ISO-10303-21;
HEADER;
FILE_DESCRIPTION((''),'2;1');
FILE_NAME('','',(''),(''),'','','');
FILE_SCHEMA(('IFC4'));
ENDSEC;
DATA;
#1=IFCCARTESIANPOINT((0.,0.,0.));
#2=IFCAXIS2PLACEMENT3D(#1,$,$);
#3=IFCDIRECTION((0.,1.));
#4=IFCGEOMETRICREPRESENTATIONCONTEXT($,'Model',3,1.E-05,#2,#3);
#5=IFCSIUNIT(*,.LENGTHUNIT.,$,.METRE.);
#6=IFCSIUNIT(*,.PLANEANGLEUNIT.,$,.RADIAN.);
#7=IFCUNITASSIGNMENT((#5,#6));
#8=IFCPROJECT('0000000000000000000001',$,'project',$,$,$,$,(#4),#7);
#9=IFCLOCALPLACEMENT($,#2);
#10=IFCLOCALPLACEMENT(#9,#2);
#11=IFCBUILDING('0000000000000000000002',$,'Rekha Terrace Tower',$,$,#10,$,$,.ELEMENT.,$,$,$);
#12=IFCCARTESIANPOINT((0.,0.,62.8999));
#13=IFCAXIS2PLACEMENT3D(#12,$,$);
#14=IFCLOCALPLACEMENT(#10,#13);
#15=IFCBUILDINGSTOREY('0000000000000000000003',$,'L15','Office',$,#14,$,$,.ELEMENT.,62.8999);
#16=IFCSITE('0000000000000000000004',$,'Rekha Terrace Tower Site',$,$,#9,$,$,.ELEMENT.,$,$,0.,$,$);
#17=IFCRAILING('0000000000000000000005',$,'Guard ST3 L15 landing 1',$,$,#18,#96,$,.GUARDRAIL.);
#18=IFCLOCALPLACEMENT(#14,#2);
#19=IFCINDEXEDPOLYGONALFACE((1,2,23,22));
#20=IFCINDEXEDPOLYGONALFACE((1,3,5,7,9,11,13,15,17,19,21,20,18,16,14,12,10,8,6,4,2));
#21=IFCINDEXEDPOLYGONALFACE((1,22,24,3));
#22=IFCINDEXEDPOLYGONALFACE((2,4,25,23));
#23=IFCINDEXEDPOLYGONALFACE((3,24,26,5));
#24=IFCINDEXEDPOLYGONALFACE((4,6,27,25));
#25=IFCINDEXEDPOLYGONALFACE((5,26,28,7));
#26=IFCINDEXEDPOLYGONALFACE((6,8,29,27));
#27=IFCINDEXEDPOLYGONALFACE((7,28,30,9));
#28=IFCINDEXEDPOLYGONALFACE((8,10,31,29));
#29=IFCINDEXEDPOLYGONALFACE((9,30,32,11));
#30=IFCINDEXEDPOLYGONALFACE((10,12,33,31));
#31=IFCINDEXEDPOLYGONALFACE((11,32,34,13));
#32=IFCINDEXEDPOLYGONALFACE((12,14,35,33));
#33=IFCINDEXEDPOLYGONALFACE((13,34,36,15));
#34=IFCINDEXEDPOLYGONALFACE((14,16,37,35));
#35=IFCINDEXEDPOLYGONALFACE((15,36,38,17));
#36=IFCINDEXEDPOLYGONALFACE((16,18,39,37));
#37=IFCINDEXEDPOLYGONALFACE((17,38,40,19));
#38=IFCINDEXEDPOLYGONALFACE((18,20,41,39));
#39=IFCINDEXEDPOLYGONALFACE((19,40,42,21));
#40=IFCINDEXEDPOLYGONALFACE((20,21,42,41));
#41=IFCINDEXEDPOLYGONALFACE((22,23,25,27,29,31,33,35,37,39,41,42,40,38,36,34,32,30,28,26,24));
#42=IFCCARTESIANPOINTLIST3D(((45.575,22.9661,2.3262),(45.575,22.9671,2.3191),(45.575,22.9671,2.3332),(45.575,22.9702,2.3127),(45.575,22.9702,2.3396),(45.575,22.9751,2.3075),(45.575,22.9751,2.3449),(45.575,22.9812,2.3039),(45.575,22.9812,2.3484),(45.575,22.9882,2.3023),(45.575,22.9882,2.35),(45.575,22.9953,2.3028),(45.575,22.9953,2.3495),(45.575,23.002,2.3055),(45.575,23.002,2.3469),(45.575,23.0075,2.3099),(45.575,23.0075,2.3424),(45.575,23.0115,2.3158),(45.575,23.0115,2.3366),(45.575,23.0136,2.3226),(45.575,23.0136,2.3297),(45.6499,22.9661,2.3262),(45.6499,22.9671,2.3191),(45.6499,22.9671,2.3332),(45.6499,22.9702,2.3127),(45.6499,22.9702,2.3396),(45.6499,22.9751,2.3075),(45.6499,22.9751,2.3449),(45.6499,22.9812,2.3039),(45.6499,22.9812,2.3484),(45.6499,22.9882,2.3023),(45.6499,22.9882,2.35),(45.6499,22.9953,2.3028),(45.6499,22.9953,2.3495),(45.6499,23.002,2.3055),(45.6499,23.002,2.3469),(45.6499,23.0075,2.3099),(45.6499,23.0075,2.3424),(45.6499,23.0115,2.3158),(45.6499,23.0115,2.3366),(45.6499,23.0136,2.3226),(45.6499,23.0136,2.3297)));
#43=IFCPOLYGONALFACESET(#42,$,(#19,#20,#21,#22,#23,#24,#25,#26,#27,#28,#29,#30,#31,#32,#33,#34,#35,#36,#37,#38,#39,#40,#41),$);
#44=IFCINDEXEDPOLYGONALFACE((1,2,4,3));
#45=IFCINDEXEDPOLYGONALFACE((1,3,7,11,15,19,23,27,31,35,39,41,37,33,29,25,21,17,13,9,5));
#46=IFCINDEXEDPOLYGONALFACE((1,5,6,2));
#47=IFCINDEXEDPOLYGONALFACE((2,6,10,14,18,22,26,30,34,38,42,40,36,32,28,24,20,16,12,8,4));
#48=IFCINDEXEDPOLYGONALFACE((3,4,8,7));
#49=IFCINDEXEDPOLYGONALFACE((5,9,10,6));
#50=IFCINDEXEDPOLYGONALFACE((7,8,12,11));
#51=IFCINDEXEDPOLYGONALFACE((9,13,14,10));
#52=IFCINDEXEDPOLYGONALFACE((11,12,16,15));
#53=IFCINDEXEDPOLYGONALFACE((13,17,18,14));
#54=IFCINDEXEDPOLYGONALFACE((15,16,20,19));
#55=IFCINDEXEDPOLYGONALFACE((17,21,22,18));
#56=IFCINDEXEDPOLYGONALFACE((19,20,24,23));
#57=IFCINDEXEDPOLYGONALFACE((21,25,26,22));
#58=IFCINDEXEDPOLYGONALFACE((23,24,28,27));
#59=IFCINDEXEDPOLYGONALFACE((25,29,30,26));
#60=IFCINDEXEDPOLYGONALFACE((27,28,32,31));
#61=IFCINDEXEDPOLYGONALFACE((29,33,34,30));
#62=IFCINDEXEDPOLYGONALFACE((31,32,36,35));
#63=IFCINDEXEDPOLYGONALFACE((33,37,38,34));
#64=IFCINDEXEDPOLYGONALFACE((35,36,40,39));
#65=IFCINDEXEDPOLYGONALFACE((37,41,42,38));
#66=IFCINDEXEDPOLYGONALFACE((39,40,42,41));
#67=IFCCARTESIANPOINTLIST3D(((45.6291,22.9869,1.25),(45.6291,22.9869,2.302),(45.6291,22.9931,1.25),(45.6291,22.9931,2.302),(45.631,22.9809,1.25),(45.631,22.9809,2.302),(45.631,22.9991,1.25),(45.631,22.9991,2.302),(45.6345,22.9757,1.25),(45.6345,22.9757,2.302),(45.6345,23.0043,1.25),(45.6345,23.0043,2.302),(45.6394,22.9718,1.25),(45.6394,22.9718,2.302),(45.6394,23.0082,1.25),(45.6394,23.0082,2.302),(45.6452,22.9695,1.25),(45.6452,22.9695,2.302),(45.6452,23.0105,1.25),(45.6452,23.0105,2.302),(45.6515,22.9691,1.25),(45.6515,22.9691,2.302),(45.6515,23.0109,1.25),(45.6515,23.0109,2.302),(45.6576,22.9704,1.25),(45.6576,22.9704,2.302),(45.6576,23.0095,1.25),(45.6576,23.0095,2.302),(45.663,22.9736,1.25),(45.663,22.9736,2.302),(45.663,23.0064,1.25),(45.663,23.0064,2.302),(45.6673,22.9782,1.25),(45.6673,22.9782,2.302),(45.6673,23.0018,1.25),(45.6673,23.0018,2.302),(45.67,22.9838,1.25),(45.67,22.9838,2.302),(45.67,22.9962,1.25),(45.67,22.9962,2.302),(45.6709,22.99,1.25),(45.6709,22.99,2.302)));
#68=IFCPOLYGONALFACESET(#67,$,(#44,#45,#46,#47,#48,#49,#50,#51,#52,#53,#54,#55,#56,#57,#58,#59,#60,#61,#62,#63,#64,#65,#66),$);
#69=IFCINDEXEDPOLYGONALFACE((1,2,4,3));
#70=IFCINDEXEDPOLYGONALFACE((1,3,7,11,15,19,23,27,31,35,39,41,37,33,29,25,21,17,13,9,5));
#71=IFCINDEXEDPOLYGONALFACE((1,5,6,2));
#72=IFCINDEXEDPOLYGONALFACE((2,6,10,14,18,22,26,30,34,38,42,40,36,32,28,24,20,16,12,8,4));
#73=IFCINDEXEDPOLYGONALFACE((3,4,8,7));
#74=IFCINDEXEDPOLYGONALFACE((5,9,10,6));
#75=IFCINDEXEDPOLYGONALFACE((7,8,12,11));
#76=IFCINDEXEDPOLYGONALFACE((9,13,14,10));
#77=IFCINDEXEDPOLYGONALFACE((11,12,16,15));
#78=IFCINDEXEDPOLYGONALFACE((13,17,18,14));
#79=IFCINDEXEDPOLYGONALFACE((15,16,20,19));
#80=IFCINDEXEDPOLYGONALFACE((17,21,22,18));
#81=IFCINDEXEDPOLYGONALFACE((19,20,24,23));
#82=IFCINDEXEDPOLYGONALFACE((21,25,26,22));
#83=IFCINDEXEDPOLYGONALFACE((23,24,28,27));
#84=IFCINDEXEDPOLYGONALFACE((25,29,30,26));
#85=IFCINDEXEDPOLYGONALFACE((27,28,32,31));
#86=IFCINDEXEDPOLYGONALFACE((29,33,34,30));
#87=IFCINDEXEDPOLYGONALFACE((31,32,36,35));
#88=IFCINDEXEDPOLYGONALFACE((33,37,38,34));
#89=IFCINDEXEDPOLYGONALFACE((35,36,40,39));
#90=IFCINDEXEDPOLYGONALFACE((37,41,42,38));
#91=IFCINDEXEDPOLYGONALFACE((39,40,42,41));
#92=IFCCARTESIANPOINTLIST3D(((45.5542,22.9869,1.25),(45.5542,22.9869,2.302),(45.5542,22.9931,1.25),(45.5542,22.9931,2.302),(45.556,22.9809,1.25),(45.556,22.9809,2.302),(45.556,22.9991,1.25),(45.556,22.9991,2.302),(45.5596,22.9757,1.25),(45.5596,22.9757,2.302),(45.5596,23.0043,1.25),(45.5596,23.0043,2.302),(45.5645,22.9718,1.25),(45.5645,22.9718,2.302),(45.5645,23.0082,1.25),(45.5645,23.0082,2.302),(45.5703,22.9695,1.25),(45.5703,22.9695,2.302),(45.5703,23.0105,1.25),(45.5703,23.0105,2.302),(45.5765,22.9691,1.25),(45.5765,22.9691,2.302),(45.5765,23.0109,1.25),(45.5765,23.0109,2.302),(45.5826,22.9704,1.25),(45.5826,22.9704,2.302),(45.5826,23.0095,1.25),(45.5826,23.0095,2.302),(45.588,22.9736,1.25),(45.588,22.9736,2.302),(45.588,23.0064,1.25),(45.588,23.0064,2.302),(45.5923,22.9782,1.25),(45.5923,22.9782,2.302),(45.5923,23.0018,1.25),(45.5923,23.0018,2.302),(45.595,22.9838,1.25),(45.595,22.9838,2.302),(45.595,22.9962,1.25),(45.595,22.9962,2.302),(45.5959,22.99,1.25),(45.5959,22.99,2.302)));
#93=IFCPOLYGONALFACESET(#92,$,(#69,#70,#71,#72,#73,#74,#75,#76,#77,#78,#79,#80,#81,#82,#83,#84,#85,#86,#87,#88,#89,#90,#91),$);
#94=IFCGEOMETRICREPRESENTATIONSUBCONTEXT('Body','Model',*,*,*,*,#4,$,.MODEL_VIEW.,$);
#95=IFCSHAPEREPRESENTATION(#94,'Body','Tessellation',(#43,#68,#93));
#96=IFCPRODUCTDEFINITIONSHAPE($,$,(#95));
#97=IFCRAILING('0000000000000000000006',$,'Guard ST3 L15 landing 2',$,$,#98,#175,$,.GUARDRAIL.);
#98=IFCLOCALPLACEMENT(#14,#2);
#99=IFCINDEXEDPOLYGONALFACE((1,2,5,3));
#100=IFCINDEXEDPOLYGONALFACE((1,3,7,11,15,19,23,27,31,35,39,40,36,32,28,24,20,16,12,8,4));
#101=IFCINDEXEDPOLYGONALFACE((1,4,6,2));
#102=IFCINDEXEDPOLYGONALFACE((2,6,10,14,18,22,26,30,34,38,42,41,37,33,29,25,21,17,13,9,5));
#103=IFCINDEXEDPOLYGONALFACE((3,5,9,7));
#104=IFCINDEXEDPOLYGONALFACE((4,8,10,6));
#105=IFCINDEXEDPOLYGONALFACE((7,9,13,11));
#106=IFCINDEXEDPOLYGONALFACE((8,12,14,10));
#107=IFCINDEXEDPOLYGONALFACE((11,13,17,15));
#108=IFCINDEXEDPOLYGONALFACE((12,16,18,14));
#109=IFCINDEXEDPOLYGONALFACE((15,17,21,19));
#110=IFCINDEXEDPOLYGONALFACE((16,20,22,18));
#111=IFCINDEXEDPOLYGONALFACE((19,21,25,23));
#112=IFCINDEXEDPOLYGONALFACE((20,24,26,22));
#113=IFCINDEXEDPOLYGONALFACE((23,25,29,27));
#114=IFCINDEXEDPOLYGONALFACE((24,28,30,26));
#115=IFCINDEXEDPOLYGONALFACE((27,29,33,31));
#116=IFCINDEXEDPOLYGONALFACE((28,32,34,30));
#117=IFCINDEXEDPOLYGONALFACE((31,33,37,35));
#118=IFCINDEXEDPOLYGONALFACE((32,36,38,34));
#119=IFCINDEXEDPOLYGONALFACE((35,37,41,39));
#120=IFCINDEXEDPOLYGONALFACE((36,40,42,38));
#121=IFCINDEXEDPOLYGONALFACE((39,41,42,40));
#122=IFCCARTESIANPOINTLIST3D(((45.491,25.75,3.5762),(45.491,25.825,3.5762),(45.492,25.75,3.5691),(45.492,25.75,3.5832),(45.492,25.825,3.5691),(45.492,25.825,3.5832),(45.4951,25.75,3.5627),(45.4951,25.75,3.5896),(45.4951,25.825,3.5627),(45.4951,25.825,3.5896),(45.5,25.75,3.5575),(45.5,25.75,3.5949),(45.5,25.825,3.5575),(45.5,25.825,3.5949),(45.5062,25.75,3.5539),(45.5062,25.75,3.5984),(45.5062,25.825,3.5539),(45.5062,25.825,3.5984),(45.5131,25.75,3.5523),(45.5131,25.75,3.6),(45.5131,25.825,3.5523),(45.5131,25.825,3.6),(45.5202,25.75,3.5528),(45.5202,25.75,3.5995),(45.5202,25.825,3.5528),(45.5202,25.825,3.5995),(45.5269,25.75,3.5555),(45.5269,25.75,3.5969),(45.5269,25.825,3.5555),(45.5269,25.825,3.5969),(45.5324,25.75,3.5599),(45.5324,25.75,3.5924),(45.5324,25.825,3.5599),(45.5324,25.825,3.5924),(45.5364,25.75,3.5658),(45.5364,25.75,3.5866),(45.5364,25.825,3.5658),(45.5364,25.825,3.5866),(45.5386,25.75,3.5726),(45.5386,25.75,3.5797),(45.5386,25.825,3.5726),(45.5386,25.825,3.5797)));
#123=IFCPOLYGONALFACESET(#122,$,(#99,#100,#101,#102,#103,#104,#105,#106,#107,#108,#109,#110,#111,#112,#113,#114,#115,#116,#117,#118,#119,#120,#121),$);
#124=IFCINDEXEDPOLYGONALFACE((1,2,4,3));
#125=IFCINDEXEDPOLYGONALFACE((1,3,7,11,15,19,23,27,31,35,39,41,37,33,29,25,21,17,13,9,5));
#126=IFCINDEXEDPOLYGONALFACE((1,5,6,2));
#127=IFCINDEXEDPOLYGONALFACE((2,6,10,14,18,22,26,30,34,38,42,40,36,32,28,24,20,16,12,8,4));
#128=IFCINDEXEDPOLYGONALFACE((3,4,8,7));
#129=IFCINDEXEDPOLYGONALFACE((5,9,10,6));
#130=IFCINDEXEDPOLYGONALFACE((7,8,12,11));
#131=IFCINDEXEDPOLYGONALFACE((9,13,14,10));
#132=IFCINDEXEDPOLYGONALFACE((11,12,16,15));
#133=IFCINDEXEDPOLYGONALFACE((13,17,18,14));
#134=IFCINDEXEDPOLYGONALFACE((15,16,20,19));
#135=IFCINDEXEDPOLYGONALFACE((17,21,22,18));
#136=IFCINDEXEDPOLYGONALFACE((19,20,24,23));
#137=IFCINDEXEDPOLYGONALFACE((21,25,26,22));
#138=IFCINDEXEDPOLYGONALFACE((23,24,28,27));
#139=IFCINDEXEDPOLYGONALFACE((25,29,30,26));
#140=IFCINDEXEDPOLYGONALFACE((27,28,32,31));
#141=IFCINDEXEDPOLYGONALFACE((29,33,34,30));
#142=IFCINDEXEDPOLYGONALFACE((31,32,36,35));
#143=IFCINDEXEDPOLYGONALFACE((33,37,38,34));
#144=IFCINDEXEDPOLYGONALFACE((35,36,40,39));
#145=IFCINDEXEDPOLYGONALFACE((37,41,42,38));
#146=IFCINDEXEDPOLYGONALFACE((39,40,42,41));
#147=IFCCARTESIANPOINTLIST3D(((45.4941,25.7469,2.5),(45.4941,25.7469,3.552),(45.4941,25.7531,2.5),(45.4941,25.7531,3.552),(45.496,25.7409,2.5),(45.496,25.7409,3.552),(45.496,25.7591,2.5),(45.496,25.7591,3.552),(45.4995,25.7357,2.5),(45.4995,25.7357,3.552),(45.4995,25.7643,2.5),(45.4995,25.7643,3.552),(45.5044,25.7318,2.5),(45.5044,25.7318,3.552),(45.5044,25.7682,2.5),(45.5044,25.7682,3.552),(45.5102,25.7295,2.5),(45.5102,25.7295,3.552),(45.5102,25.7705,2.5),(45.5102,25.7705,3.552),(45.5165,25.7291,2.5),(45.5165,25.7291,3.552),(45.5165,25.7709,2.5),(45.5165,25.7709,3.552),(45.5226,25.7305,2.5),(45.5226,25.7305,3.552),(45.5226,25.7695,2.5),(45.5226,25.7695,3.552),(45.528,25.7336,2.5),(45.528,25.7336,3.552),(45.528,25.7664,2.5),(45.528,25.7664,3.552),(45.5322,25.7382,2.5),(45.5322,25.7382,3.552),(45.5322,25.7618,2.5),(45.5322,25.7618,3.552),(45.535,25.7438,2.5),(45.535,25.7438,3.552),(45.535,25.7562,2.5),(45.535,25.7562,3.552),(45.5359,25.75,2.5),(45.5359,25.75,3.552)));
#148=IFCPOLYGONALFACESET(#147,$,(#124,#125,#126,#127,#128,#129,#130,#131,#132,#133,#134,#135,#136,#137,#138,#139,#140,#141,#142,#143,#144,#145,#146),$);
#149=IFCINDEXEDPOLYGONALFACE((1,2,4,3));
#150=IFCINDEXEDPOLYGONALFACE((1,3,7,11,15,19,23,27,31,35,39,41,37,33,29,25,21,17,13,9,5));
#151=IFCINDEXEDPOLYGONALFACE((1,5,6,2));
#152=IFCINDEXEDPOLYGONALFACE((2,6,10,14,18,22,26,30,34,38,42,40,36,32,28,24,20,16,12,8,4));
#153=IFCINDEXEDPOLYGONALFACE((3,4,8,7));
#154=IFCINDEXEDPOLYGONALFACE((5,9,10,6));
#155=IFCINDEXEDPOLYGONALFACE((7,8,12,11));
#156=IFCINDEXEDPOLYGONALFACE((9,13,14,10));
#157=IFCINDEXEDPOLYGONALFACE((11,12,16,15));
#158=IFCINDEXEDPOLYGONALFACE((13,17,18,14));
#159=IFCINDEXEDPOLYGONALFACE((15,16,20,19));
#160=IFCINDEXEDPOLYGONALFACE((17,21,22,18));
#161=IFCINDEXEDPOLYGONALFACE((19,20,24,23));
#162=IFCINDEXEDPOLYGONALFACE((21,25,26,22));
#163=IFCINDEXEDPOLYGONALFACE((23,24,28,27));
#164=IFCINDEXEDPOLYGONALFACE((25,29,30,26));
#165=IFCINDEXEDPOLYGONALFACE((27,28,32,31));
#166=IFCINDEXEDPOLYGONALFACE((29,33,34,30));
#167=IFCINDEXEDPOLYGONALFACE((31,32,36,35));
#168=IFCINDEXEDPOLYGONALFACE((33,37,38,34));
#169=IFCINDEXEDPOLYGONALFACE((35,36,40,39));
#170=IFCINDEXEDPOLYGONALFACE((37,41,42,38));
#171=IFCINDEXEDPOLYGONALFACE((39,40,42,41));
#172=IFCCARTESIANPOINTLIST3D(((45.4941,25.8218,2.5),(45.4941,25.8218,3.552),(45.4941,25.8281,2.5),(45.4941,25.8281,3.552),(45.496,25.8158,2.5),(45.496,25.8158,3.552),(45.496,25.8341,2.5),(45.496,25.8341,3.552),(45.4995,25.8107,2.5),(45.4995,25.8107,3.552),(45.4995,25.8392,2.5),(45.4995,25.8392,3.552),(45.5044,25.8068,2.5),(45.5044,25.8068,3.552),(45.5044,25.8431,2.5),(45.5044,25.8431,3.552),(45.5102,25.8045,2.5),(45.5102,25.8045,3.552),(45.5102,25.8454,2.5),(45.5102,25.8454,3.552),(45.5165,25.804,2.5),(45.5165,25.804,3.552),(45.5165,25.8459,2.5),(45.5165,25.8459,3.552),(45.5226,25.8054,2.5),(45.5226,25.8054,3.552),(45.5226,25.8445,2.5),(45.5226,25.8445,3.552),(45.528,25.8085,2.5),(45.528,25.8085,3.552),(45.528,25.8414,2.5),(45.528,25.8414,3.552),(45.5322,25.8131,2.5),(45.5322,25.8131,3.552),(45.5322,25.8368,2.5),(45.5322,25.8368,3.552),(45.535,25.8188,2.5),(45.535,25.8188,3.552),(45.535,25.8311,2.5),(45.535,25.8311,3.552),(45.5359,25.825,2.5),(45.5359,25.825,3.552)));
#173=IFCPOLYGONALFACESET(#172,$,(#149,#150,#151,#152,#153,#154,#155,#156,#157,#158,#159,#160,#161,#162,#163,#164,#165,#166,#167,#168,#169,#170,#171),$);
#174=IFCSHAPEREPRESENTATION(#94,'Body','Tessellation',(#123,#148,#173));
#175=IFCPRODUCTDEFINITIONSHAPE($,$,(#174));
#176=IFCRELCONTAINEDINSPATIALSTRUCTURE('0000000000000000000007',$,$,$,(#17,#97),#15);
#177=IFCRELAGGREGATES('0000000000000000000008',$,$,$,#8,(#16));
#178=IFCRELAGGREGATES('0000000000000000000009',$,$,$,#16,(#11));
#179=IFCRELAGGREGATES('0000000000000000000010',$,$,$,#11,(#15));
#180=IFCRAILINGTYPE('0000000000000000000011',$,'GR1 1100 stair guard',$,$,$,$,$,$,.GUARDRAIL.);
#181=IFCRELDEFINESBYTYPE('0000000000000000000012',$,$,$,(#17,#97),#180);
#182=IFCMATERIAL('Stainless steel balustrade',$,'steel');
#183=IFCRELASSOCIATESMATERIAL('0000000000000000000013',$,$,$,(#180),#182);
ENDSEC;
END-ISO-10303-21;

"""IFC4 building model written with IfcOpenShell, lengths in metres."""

from ifc_helpers import new_model, si_unit, direction, frame, origin, origin_2d, place, context, subcontext, project, spatial, circle, extrude, material, type_object, element, save


model = new_model("IFC4")

# Units and contexts
model_context = context("Model", 3, precision=1e-05, world=origin(), true_north=direction((0.0, 1.0)))
body_context = subcontext(model_context, "Body", "Model", "MODEL_VIEW")
ifc_project = project(units=[si_unit("LENGTHUNIT", "METRE"), si_unit("PLANEANGLEUNIT", "RADIAN")], contexts=[model_context])

# Site, building, storey
site_placement = place(None, origin())
site = spatial("IfcSite", under=ifc_project, at=site_placement, Name="Rekha Terrace Tower Site", CompositionType="ELEMENT", RefElevation=0.0)
building_placement = place(site_placement, origin())
building = spatial("IfcBuilding", under=site, at=building_placement, Name="Rekha Terrace Tower", CompositionType="ELEMENT")
storey_placement = place(building_placement, frame((0.0, 0.0, 62.8999)))
storey = spatial("IfcBuildingStorey", under=building, at=storey_placement, Name="L15", Description="Office", CompositionType="ELEMENT", Elevation=62.8999)

# Railings
ifc_material_1 = material(Name="Stainless steel balustrade", Category="steel")
railing_type_1 = type_object("IfcRailingType", Name="GR1 1100 stair guard", PredefinedType="GUARDRAIL", material=ifc_material_1)
railing_1_placement = place(storey_placement, frame((45.6499, 22.99, 1.25)))
element("IfcRailing", 1, at=railing_1_placement, inside=storey, type_object=railing_type_1, Name="Guard ST3 L15 landing 1", PredefinedType="GUARDRAIL", context=body_context, shape_type="SweptSolid", body=[
    extrude(circle(Radius=0.0239, at=origin_2d()), frame((0.0, 0.0, 1.0762), z_axis=(-1.0, 0.0, 0.0), x_axis=(0.0, -1.0, 0.0)), (0.0, 0.0, 1.0), 0.075),
    extrude(circle(Radius=0.021, at=origin_2d()), origin(), (0.0, 0.0, 1.0), 1.052),
    extrude(circle(Radius=0.021, at=origin_2d()), frame((-0.075, 0.0, 0.0)), (0.0, 0.0, 1.0), 1.052),
])
railing_2_placement = place(storey_placement, frame((45.5149, 25.75, 2.5)))
element("IfcRailing", 2, at=railing_2_placement, inside=storey, type_object=railing_type_1, Name="Guard ST3 L15 landing 2", PredefinedType="GUARDRAIL", context=body_context, shape_type="SweptSolid", body=[
    extrude(circle(Radius=0.0239, at=origin_2d()), frame((0.0, 0.0, 1.0762), z_axis=(0.0, 1.0, 0.0), x_axis=(-1.0, 0.0, 0.0)), (0.0, 0.0, 1.0), 0.075),
    extrude(circle(Radius=0.021, at=origin_2d()), origin(), (0.0, 0.0, 1.0), 1.052),
    extrude(circle(Radius=0.021, at=origin_2d()), frame((0.0, 0.075, 0.0)), (0.0, 0.0, 1.0), 1.052),
])

save(model, "model.ifc")
